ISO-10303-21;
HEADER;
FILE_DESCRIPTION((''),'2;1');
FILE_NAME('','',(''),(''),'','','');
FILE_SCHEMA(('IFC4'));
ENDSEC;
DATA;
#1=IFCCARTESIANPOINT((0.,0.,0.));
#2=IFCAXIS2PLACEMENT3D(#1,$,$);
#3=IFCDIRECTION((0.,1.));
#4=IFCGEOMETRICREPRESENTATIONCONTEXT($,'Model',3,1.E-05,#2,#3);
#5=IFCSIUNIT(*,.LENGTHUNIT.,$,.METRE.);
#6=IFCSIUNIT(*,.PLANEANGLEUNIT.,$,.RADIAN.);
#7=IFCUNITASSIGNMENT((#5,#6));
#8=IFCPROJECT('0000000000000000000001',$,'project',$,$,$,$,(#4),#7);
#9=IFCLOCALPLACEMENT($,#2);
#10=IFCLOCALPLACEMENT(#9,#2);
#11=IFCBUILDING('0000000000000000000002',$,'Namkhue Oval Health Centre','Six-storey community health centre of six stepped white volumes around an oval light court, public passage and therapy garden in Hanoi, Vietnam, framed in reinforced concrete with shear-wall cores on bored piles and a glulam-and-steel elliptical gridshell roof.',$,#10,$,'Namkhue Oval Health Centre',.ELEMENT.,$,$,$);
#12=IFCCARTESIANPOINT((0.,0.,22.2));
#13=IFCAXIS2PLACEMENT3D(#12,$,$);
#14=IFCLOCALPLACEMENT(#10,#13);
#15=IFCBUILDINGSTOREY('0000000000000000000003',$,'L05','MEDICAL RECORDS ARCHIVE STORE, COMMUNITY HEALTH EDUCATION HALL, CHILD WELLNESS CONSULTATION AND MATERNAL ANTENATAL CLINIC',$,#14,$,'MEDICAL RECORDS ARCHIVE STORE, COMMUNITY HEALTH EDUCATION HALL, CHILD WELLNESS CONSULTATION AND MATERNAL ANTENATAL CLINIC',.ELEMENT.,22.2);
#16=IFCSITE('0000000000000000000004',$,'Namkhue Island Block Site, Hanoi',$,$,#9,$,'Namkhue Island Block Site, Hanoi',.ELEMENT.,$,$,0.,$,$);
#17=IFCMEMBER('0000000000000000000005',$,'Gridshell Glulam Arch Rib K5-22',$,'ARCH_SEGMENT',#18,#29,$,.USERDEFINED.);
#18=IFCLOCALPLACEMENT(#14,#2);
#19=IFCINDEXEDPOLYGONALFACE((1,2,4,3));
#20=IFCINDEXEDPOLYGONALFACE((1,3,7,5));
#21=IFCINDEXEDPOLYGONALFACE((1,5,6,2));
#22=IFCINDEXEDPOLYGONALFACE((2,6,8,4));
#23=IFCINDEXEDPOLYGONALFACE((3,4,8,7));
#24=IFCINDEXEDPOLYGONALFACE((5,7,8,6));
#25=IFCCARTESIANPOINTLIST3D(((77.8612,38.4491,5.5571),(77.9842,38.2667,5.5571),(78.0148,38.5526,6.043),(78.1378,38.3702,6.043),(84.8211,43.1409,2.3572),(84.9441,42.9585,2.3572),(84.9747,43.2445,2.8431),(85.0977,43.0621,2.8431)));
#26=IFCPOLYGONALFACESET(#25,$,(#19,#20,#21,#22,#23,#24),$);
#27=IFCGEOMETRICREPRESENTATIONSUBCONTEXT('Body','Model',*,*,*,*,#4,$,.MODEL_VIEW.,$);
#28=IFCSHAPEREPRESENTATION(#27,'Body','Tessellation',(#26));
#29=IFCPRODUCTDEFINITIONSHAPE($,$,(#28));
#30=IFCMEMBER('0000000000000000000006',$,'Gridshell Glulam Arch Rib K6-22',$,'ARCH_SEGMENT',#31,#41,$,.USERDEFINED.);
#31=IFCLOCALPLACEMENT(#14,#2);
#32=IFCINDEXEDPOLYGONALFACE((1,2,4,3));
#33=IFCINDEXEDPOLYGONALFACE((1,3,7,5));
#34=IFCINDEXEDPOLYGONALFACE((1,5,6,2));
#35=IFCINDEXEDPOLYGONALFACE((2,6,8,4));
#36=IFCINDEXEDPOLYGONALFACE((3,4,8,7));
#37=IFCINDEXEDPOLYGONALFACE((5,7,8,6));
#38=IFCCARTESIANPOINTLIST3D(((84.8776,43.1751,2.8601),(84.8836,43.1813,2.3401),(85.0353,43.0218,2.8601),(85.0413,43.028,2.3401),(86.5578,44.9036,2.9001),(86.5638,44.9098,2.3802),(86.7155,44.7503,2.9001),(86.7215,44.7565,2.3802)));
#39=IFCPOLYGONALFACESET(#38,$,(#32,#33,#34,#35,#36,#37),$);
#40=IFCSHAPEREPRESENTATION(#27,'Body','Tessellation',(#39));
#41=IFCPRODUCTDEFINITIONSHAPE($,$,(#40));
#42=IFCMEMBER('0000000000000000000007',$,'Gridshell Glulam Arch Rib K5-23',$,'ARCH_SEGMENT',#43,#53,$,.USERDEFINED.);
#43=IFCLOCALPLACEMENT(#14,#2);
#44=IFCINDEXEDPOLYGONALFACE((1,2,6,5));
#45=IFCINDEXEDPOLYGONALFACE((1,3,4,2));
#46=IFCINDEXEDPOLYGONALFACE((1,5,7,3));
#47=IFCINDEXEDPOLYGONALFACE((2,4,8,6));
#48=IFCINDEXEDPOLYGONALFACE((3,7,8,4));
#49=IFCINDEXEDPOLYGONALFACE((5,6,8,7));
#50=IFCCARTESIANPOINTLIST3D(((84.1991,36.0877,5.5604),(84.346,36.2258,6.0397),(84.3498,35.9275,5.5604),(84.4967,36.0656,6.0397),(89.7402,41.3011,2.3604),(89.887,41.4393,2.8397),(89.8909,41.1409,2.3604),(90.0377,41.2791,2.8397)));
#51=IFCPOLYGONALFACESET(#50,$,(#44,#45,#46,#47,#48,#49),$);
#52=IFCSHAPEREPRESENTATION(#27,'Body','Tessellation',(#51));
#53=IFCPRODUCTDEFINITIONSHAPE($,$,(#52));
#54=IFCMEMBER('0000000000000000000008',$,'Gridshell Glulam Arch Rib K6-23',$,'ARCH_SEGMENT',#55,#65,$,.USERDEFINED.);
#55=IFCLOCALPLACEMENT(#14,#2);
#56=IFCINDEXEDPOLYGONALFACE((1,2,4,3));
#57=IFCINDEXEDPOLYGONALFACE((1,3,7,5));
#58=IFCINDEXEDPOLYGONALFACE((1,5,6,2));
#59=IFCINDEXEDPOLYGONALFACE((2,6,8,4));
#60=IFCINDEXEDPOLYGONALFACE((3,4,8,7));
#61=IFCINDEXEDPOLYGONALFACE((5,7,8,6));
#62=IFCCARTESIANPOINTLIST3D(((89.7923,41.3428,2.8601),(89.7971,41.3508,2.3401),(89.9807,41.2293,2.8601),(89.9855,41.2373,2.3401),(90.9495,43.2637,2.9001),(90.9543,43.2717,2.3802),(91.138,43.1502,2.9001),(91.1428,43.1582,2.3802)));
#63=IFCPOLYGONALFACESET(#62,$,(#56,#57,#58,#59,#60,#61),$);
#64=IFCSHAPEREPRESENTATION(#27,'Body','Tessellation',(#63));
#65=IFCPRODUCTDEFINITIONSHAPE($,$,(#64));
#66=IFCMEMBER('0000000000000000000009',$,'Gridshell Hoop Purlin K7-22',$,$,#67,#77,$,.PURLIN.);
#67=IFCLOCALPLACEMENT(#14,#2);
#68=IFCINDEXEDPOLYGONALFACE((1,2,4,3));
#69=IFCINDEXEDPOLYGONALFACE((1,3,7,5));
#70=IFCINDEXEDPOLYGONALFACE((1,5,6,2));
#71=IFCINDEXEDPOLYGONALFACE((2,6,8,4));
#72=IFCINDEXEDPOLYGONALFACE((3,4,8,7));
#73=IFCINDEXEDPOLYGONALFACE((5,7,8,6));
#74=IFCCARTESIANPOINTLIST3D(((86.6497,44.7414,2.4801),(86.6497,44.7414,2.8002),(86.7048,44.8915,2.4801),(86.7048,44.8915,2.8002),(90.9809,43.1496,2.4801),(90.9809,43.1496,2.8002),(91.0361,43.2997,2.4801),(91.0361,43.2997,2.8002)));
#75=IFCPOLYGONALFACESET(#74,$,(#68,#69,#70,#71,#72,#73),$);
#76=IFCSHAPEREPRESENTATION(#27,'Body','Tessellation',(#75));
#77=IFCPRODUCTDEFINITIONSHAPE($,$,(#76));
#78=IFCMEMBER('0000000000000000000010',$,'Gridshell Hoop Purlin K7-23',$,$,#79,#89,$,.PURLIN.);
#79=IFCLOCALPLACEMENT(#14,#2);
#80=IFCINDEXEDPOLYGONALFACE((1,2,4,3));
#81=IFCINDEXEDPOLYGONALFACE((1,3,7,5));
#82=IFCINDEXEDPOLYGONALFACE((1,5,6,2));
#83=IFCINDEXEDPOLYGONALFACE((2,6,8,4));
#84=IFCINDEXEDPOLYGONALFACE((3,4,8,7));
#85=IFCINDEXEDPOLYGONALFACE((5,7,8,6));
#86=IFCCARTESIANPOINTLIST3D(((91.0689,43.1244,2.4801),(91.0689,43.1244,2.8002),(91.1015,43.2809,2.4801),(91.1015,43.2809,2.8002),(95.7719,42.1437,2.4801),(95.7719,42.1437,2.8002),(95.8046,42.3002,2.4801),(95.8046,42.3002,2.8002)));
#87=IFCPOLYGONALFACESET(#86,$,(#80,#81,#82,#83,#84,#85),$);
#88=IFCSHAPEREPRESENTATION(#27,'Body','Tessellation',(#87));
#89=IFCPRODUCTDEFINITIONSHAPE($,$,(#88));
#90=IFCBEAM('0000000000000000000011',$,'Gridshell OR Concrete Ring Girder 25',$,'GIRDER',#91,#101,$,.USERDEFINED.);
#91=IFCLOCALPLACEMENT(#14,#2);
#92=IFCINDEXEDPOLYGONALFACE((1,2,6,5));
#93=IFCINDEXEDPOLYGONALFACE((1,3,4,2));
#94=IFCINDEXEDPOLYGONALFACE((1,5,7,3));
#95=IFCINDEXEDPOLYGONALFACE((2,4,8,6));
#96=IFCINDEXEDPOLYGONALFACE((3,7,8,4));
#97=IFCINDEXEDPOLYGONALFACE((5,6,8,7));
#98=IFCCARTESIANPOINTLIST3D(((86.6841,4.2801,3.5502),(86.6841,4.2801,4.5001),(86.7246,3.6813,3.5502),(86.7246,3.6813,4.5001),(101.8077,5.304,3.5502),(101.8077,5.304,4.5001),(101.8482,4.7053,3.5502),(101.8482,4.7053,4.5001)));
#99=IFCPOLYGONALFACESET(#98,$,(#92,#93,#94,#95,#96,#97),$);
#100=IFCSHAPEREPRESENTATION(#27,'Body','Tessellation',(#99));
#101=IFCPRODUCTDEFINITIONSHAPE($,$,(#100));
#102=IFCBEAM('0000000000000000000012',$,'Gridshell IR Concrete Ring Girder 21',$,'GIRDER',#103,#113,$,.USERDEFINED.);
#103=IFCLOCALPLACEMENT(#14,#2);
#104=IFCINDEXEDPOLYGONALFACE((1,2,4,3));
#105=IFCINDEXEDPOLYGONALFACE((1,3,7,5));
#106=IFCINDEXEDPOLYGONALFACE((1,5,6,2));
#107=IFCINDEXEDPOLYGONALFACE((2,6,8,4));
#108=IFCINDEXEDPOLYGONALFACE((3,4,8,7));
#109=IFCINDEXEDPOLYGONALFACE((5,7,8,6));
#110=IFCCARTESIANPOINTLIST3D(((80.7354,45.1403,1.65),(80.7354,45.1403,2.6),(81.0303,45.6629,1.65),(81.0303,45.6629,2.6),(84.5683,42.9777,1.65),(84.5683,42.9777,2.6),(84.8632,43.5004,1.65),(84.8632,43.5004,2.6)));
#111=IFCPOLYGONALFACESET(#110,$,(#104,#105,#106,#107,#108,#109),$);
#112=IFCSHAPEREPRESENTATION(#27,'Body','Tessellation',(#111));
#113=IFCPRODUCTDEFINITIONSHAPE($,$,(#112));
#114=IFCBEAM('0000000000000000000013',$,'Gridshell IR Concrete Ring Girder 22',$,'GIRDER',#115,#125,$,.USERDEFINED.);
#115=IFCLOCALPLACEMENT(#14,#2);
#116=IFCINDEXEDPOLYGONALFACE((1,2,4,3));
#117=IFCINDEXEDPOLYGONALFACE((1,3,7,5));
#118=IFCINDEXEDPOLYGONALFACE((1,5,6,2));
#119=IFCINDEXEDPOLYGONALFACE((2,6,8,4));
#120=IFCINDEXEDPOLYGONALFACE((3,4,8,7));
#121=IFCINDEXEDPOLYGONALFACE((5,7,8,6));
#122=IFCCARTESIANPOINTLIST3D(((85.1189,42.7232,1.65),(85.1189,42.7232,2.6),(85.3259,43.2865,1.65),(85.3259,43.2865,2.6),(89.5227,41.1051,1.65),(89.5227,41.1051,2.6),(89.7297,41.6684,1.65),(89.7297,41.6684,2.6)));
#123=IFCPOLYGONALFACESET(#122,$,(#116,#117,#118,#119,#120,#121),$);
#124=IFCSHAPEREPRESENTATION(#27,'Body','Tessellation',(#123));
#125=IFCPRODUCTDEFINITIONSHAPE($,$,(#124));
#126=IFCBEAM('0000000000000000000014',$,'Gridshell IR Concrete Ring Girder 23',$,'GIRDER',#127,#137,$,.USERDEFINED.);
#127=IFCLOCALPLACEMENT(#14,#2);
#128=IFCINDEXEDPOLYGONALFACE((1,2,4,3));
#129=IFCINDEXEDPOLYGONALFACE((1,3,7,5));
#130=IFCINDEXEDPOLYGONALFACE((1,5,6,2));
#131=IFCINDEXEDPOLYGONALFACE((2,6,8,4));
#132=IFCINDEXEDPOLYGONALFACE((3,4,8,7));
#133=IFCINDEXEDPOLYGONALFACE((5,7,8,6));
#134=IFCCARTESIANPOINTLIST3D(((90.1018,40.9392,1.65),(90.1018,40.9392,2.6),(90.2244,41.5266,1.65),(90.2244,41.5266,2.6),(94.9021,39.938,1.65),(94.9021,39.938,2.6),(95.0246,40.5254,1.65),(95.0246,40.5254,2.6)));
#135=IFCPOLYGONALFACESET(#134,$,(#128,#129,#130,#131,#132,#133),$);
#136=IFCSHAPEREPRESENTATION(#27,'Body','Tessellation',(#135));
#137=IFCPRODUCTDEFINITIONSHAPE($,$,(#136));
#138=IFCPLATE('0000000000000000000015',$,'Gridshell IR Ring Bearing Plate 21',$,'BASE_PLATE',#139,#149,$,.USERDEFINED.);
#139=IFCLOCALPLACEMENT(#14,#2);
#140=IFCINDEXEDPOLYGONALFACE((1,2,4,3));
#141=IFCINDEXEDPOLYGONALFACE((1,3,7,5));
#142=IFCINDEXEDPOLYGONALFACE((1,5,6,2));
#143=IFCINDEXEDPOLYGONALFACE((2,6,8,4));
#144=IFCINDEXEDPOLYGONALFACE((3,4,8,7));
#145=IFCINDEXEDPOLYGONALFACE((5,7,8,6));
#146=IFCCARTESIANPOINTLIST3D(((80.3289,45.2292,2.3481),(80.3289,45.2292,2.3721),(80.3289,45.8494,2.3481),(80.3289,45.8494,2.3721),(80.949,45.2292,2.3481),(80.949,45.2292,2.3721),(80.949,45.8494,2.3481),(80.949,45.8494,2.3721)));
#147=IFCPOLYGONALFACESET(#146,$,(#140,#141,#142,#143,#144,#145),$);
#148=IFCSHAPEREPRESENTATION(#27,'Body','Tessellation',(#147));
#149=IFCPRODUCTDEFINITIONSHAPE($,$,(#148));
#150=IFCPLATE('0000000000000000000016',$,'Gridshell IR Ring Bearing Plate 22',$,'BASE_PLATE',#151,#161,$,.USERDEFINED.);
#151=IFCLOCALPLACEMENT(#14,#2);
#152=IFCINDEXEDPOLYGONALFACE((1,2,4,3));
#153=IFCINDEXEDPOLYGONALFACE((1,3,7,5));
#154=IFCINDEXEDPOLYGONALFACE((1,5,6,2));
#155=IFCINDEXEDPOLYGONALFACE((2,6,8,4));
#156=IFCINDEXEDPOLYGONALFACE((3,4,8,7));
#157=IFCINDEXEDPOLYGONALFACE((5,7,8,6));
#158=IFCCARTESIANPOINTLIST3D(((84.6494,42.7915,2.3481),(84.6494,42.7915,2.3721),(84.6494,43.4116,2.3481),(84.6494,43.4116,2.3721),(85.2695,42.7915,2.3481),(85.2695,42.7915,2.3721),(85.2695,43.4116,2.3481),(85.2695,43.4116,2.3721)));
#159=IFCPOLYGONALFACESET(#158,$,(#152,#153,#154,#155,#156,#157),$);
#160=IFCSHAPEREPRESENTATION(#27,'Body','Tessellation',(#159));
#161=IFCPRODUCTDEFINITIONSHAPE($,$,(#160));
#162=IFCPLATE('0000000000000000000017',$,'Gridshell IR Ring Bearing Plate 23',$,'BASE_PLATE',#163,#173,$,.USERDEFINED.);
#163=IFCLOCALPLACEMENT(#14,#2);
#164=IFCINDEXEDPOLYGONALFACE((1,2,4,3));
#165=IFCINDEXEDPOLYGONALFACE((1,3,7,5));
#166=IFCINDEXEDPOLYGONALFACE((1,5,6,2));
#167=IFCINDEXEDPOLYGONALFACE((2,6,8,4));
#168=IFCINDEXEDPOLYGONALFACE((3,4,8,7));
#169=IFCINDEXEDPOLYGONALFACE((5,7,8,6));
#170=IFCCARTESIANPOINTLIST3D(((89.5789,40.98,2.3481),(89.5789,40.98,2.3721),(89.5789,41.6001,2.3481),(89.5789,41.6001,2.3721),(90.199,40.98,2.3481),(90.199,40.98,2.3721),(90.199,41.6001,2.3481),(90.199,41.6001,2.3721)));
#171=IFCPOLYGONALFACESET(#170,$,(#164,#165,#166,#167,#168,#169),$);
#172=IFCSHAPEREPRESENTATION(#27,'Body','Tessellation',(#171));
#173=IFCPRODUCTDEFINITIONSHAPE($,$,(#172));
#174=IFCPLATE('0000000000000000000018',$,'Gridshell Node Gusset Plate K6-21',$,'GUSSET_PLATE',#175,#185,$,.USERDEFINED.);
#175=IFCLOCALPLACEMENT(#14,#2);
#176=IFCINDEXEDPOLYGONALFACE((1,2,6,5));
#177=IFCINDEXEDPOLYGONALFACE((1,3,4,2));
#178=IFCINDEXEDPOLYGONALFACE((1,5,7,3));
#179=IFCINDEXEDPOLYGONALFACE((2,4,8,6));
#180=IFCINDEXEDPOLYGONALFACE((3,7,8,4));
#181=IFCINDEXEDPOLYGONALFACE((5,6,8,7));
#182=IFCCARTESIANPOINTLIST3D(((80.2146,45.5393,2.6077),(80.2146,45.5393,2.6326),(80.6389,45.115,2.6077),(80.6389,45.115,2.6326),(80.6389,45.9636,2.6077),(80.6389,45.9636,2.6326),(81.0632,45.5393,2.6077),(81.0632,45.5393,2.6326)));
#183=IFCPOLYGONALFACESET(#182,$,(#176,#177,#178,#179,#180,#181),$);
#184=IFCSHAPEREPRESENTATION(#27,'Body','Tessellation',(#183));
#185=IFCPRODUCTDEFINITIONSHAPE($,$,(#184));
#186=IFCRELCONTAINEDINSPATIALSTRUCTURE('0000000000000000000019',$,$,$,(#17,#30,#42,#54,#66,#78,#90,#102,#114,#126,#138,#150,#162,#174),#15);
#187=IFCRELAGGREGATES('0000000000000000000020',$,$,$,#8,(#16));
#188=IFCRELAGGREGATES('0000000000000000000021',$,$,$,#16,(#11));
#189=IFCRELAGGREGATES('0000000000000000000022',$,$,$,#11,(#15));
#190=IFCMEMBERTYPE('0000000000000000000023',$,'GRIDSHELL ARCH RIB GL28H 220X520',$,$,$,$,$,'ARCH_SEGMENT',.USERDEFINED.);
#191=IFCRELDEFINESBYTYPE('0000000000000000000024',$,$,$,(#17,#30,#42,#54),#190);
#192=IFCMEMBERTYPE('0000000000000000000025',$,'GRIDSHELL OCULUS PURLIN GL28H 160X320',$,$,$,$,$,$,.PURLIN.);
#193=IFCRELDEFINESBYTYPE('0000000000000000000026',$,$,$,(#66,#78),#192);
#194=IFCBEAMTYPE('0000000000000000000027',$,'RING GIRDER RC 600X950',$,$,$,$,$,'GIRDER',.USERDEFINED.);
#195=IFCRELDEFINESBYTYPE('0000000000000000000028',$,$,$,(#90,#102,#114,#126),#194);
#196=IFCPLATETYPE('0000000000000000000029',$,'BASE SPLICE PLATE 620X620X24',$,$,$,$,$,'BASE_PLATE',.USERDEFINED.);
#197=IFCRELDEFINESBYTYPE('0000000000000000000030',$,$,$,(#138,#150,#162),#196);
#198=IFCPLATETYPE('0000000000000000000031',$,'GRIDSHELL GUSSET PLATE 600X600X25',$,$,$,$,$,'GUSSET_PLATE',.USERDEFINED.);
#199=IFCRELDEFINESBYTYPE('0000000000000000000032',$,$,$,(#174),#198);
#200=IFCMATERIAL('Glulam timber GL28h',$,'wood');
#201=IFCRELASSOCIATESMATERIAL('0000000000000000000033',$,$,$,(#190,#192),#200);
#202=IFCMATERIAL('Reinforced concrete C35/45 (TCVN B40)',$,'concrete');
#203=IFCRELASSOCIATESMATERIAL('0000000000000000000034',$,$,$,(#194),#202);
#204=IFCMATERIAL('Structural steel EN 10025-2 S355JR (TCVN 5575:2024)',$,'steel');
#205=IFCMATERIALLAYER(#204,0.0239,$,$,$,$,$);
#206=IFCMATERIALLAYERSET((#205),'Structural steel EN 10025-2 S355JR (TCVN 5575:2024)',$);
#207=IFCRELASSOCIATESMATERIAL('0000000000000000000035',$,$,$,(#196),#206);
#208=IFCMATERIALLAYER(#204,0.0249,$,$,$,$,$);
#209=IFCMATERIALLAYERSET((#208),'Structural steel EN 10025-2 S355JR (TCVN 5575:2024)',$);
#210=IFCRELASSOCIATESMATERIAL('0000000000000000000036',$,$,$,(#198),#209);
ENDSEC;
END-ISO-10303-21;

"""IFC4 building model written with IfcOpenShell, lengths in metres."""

from ifc_helpers import new_model, si_unit, direction, frame, origin, origin_2d, place, context, subcontext, project, spatial, rectangle, extrude, material, layer, layer_set, material_profile, profile_set, type_object, element, save


model = new_model("IFC4")

# Units and contexts
model_context = context("Model", 3, precision=1e-05, world=origin(), true_north=direction((0.0, 1.0)))
body_context = subcontext(model_context, "Body", "Model", "MODEL_VIEW")
ifc_project = project(units=[si_unit("LENGTHUNIT", "METRE"), si_unit("PLANEANGLEUNIT", "RADIAN")], contexts=[model_context])

# Site, building, storey
site_placement = place(None, origin())
site = spatial("IfcSite", under=ifc_project, at=site_placement, Name="Namkhue Island Block Site, Hanoi", LongName="Namkhue Island Block Site, Hanoi", CompositionType="ELEMENT", RefElevation=0.0)
building_placement = place(site_placement, origin())
building = spatial("IfcBuilding", under=site, at=building_placement, Name="Namkhue Oval Health Centre", Description="Six-storey community health centre of six stepped white volumes around an oval light court, public passage and therapy garden in Hanoi, Vietnam, framed in reinforced concrete with shear-wall cores on bored piles and a glulam-and-steel elliptical gridshell roof.", LongName="Namkhue Oval Health Centre", CompositionType="ELEMENT")
storey_placement = place(building_placement, frame((0.0, 0.0, 22.2)))
storey = spatial("IfcBuildingStorey", under=building, at=storey_placement, Name="L05", Description="MEDICAL RECORDS ARCHIVE STORE, COMMUNITY HEALTH EDUCATION HALL, CHILD WELLNESS CONSULTATION AND MATERNAL ANTENATAL CLINIC", LongName="MEDICAL RECORDS ARCHIVE STORE, COMMUNITY HEALTH EDUCATION HALL, CHILD WELLNESS CONSULTATION AND MATERNAL ANTENATAL CLINIC", CompositionType="ELEMENT", Elevation=22.2)

# Shared definitions
ifc_material_1 = material(Name="Reinforced concrete C35/45 (TCVN B40)", Category="concrete")

# Members
ifc_material_2 = material(Name="Structural steel EN 10025-2 S355JR (TCVN 5575:2024)", Category="steel")
ifc_material_3 = material(Name="Glulam timber GL28h", Category="wood")
ifc_material_profile_1 = material_profile(ifc_material_3, rectangle(XDim=0.22, YDim=0.52, at=origin_2d()), Name="GL28h 220x520")
ifc_profile_set_1 = profile_set([ifc_material_profile_1], Name="Glulam timber GL28h")
member_type_1 = type_object("IfcMemberType", Name="GRIDSHELL ARCH RIB GL28H 220X520", ElementType="ARCH_SEGMENT", PredefinedType="USERDEFINED", material=ifc_profile_set_1)
member_1_placement = place(storey_placement, frame((77.9995, 38.4097, 5.8), z_axis=(0.774791, 0.522307, -0.356222), x_axis=(-0.558975, 0.829184, 0.0)))
element("IfcMember", 1, at=member_1_placement, inside=storey, type_object=member_type_1, Name="Gridshell Glulam Arch Rib K5-22", ObjectType="ARCH_SEGMENT", PredefinedType="USERDEFINED", context=body_context, shape_type="SweptSolid", body=[
    extrude(rectangle(XDim=0.22, YDim=0.52, at=origin_2d()), origin(), (0.0, 0.0, 1.0), 8.9829),
])
member_2_placement = place(storey_placement, frame((84.9595, 43.1016, 2.6001), z_axis=(0.696913, 0.716964, 0.016608), x_axis=(-0.717062, 0.697009, 0.0)))
element("IfcMember", 2, at=member_2_placement, inside=storey, type_object=member_type_1, Name="Gridshell Glulam Arch Rib K6-22", ObjectType="ARCH_SEGMENT", PredefinedType="USERDEFINED", context=body_context, shape_type="SweptSolid", body=[
    extrude(rectangle(XDim=0.22, YDim=0.52, at=origin_2d()), origin(), (0.0, 0.0, 1.0), 2.4109),
])
member_3_placement = place(storey_placement, frame((84.3479, 36.0767, 5.8), z_axis=(0.671346, 0.631649, -0.387704), x_axis=(-0.685247, 0.728311, 0.0)))
element("IfcMember", 3, at=member_3_placement, inside=storey, type_object=member_type_1, Name="Gridshell Glulam Arch Rib K5-23", ObjectType="ARCH_SEGMENT", PredefinedType="USERDEFINED", context=body_context, shape_type="SweptSolid", body=[
    extrude(rectangle(XDim=0.22, YDim=0.52, at=origin_2d()), origin(), (0.0, 0.0, 1.0), 8.2537),
])
member_4_placement = place(storey_placement, frame((89.8889, 41.29, 2.6001), z_axis=(0.51595, 0.856433, 0.017851), x_axis=(-0.856569, 0.516032, 0.0)))
element("IfcMember", 4, at=member_4_placement, inside=storey, type_object=member_type_1, Name="Gridshell Glulam Arch Rib K6-23", ObjectType="ARCH_SEGMENT", PredefinedType="USERDEFINED", context=body_context, shape_type="SweptSolid", body=[
    extrude(rectangle(XDim=0.22, YDim=0.52, at=origin_2d()), origin(), (0.0, 0.0, 1.0), 2.2429),
])
ifc_material_profile_2 = material_profile(ifc_material_3, rectangle(XDim=0.1599, YDim=0.3201, at=origin_2d()), Name="GL28h 160x320")
ifc_profile_set_2 = profile_set([ifc_material_profile_2], Name="Glulam timber GL28h")
member_type_2 = type_object("IfcMemberType", Name="GRIDSHELL OCULUS PURLIN GL28H 160X320", PredefinedType="PURLIN", material=ifc_profile_set_2)
member_5_placement = place(storey_placement, frame((86.6772, 44.8164, 2.6401), z_axis=(0.93862, -0.344953, 0.0), x_axis=(0.344953, 0.93862, 0.0)))
element("IfcMember", 5, at=member_5_placement, inside=storey, type_object=member_type_2, Name="Gridshell Hoop Purlin K7-22", PredefinedType="PURLIN", context=body_context, shape_type="SweptSolid", body=[
    extrude(rectangle(XDim=0.1599, YDim=0.3201, at=origin_2d()), origin(), (0.0, 0.0, 1.0), 4.6145),
])
member_6_placement = place(storey_placement, frame((91.0852, 43.2026, 2.6401), z_axis=(0.978943, -0.204133, 0.0), x_axis=(0.204133, 0.978943, 0.0)))
element("IfcMember", 6, at=member_6_placement, inside=storey, type_object=member_type_2, Name="Gridshell Hoop Purlin K7-23", PredefinedType="PURLIN", context=body_context, shape_type="SweptSolid", body=[
    extrude(rectangle(XDim=0.1599, YDim=0.3201, at=origin_2d()), origin(), (0.0, 0.0, 1.0), 4.8042),
])

# Beams
ifc_material_profile_3 = material_profile(ifc_material_1, rectangle(XDim=0.6001, YDim=0.95, at=origin_2d()), Name="RC 600x950")
ifc_profile_set_3 = profile_set([ifc_material_profile_3], Name="Reinforced concrete C35/45 (TCVN B40)")
beam_type = type_object("IfcBeamType", Name="RING GIRDER RC 600X950", ElementType="GIRDER", PredefinedType="USERDEFINED", material=ifc_profile_set_3)
beam_1_placement = place(storey_placement, frame((86.7043, 3.9807, 4.0251), z_axis=(0.997716, 0.067549, 0.0), x_axis=(-0.067549, 0.997716, 0.0)))
element("IfcBeam", 7, at=beam_1_placement, inside=storey, type_object=beam_type, Name="Gridshell OR Concrete Ring Girder 25", ObjectType="GIRDER", PredefinedType="USERDEFINED", context=body_context, shape_type="SweptSolid", body=[
    extrude(rectangle(XDim=0.6001, YDim=0.95, at=origin_2d()), origin(), (0.0, 0.0, 1.0), 15.1582),
])
beam_2_placement = place(storey_placement, frame((80.8828, 45.4016, 2.125), z_axis=(0.870941, -0.491388, 0.0), x_axis=(0.491388, 0.870941, 0.0)))
element("IfcBeam", 8, at=beam_2_placement, inside=storey, type_object=beam_type, Name="Gridshell IR Concrete Ring Girder 21", ObjectType="GIRDER", PredefinedType="USERDEFINED", context=body_context, shape_type="SweptSolid", body=[
    extrude(rectangle(XDim=0.6001, YDim=0.95, at=origin_2d()), origin(), (0.0, 0.0, 1.0), 4.4009),
])
beam_3_placement = place(storey_placement, frame((85.2224, 43.0049, 2.125), z_axis=(0.93864, -0.3449, 0.0), x_axis=(0.3449, 0.93864, 0.0)))
element("IfcBeam", 9, at=beam_3_placement, inside=storey, type_object=beam_type, Name="Gridshell IR Concrete Ring Girder 22", ObjectType="GIRDER", PredefinedType="USERDEFINED", context=body_context, shape_type="SweptSolid", body=[
    extrude(rectangle(XDim=0.6001, YDim=0.95, at=origin_2d()), origin(), (0.0, 0.0, 1.0), 4.6917),
])
beam_4_placement = place(storey_placement, frame((90.1631, 41.2329, 2.125), z_axis=(0.978933, -0.204181, 0.0), x_axis=(0.204181, 0.978933, 0.0)))
element("IfcBeam", 10, at=beam_4_placement, inside=storey, type_object=beam_type, Name="Gridshell IR Concrete Ring Girder 23", ObjectType="GIRDER", PredefinedType="USERDEFINED", context=body_context, shape_type="SweptSolid", body=[
    extrude(rectangle(XDim=0.6001, YDim=0.95, at=origin_2d()), origin(), (0.0, 0.0, 1.0), 4.9036),
])

# Plates
ifc_layer_1 = layer(ifc_material_2, 0.0239)
ifc_layer_set_1 = layer_set([ifc_layer_1], Name="Structural steel EN 10025-2 S355JR (TCVN 5575:2024)")
plate_type_1 = type_object("IfcPlateType", Name="BASE SPLICE PLATE 620X620X24", ElementType="BASE_PLATE", PredefinedType="USERDEFINED", material=ifc_layer_set_1)
for number, where, z_axis, x_axis, name in (
    (11, (80.6389, 45.5393, 2.3481), (0.0, 0.0, 1.0), (1.0, 0.0, 0.0), "Gridshell IR Ring Bearing Plate 21"),
    (12, (84.9595, 43.1016, 2.3481), (0.0, 0.0, 1.0), (1.0, 0.0, 0.0), "Gridshell IR Ring Bearing Plate 22"),
    (13, (89.8889, 41.29, 2.3481), (0.0, 0.0, 1.0), (1.0, 0.0, 0.0), "Gridshell IR Ring Bearing Plate 23"),
):
    element("IfcPlate", number, at=place(storey_placement, frame(where, z_axis=z_axis, x_axis=x_axis)), inside=storey, type_object=plate_type_1, Name=name, ObjectType="BASE_PLATE", PredefinedType="USERDEFINED", context=body_context, shape_type="SweptSolid", body=[
        extrude(rectangle(XDim=0.6201, YDim=0.6201, at=origin_2d()), origin(), (0.0, 0.0, 1.0), 0.0239),
    ])
ifc_layer_2 = layer(ifc_material_2, 0.0249)
ifc_layer_set_2 = layer_set([ifc_layer_2], Name="Structural steel EN 10025-2 S355JR (TCVN 5575:2024)")
plate_type_2 = type_object("IfcPlateType", Name="GRIDSHELL GUSSET PLATE 600X600X25", ElementType="GUSSET_PLATE", PredefinedType="USERDEFINED", material=ifc_layer_set_2)
for number, where, z_axis, x_axis, name in (
    (14, (80.6389, 45.5393, 2.6077), (0.0, 0.0, 1.0), (-0.707107, -0.707107, 0.0), "Gridshell Node Gusset Plate K6-21"),
):
    element("IfcPlate", number, at=place(storey_placement, frame(where, z_axis=z_axis, x_axis=x_axis)), inside=storey, type_object=plate_type_2, Name=name, ObjectType="GUSSET_PLATE", PredefinedType="USERDEFINED", context=body_context, shape_type="SweptSolid", body=[
        extrude(rectangle(XDim=0.6001, YDim=0.6001, at=origin_2d()), origin(), (0.0, 0.0, 1.0), 0.0249),
    ])

save(model, "model.ifc")
